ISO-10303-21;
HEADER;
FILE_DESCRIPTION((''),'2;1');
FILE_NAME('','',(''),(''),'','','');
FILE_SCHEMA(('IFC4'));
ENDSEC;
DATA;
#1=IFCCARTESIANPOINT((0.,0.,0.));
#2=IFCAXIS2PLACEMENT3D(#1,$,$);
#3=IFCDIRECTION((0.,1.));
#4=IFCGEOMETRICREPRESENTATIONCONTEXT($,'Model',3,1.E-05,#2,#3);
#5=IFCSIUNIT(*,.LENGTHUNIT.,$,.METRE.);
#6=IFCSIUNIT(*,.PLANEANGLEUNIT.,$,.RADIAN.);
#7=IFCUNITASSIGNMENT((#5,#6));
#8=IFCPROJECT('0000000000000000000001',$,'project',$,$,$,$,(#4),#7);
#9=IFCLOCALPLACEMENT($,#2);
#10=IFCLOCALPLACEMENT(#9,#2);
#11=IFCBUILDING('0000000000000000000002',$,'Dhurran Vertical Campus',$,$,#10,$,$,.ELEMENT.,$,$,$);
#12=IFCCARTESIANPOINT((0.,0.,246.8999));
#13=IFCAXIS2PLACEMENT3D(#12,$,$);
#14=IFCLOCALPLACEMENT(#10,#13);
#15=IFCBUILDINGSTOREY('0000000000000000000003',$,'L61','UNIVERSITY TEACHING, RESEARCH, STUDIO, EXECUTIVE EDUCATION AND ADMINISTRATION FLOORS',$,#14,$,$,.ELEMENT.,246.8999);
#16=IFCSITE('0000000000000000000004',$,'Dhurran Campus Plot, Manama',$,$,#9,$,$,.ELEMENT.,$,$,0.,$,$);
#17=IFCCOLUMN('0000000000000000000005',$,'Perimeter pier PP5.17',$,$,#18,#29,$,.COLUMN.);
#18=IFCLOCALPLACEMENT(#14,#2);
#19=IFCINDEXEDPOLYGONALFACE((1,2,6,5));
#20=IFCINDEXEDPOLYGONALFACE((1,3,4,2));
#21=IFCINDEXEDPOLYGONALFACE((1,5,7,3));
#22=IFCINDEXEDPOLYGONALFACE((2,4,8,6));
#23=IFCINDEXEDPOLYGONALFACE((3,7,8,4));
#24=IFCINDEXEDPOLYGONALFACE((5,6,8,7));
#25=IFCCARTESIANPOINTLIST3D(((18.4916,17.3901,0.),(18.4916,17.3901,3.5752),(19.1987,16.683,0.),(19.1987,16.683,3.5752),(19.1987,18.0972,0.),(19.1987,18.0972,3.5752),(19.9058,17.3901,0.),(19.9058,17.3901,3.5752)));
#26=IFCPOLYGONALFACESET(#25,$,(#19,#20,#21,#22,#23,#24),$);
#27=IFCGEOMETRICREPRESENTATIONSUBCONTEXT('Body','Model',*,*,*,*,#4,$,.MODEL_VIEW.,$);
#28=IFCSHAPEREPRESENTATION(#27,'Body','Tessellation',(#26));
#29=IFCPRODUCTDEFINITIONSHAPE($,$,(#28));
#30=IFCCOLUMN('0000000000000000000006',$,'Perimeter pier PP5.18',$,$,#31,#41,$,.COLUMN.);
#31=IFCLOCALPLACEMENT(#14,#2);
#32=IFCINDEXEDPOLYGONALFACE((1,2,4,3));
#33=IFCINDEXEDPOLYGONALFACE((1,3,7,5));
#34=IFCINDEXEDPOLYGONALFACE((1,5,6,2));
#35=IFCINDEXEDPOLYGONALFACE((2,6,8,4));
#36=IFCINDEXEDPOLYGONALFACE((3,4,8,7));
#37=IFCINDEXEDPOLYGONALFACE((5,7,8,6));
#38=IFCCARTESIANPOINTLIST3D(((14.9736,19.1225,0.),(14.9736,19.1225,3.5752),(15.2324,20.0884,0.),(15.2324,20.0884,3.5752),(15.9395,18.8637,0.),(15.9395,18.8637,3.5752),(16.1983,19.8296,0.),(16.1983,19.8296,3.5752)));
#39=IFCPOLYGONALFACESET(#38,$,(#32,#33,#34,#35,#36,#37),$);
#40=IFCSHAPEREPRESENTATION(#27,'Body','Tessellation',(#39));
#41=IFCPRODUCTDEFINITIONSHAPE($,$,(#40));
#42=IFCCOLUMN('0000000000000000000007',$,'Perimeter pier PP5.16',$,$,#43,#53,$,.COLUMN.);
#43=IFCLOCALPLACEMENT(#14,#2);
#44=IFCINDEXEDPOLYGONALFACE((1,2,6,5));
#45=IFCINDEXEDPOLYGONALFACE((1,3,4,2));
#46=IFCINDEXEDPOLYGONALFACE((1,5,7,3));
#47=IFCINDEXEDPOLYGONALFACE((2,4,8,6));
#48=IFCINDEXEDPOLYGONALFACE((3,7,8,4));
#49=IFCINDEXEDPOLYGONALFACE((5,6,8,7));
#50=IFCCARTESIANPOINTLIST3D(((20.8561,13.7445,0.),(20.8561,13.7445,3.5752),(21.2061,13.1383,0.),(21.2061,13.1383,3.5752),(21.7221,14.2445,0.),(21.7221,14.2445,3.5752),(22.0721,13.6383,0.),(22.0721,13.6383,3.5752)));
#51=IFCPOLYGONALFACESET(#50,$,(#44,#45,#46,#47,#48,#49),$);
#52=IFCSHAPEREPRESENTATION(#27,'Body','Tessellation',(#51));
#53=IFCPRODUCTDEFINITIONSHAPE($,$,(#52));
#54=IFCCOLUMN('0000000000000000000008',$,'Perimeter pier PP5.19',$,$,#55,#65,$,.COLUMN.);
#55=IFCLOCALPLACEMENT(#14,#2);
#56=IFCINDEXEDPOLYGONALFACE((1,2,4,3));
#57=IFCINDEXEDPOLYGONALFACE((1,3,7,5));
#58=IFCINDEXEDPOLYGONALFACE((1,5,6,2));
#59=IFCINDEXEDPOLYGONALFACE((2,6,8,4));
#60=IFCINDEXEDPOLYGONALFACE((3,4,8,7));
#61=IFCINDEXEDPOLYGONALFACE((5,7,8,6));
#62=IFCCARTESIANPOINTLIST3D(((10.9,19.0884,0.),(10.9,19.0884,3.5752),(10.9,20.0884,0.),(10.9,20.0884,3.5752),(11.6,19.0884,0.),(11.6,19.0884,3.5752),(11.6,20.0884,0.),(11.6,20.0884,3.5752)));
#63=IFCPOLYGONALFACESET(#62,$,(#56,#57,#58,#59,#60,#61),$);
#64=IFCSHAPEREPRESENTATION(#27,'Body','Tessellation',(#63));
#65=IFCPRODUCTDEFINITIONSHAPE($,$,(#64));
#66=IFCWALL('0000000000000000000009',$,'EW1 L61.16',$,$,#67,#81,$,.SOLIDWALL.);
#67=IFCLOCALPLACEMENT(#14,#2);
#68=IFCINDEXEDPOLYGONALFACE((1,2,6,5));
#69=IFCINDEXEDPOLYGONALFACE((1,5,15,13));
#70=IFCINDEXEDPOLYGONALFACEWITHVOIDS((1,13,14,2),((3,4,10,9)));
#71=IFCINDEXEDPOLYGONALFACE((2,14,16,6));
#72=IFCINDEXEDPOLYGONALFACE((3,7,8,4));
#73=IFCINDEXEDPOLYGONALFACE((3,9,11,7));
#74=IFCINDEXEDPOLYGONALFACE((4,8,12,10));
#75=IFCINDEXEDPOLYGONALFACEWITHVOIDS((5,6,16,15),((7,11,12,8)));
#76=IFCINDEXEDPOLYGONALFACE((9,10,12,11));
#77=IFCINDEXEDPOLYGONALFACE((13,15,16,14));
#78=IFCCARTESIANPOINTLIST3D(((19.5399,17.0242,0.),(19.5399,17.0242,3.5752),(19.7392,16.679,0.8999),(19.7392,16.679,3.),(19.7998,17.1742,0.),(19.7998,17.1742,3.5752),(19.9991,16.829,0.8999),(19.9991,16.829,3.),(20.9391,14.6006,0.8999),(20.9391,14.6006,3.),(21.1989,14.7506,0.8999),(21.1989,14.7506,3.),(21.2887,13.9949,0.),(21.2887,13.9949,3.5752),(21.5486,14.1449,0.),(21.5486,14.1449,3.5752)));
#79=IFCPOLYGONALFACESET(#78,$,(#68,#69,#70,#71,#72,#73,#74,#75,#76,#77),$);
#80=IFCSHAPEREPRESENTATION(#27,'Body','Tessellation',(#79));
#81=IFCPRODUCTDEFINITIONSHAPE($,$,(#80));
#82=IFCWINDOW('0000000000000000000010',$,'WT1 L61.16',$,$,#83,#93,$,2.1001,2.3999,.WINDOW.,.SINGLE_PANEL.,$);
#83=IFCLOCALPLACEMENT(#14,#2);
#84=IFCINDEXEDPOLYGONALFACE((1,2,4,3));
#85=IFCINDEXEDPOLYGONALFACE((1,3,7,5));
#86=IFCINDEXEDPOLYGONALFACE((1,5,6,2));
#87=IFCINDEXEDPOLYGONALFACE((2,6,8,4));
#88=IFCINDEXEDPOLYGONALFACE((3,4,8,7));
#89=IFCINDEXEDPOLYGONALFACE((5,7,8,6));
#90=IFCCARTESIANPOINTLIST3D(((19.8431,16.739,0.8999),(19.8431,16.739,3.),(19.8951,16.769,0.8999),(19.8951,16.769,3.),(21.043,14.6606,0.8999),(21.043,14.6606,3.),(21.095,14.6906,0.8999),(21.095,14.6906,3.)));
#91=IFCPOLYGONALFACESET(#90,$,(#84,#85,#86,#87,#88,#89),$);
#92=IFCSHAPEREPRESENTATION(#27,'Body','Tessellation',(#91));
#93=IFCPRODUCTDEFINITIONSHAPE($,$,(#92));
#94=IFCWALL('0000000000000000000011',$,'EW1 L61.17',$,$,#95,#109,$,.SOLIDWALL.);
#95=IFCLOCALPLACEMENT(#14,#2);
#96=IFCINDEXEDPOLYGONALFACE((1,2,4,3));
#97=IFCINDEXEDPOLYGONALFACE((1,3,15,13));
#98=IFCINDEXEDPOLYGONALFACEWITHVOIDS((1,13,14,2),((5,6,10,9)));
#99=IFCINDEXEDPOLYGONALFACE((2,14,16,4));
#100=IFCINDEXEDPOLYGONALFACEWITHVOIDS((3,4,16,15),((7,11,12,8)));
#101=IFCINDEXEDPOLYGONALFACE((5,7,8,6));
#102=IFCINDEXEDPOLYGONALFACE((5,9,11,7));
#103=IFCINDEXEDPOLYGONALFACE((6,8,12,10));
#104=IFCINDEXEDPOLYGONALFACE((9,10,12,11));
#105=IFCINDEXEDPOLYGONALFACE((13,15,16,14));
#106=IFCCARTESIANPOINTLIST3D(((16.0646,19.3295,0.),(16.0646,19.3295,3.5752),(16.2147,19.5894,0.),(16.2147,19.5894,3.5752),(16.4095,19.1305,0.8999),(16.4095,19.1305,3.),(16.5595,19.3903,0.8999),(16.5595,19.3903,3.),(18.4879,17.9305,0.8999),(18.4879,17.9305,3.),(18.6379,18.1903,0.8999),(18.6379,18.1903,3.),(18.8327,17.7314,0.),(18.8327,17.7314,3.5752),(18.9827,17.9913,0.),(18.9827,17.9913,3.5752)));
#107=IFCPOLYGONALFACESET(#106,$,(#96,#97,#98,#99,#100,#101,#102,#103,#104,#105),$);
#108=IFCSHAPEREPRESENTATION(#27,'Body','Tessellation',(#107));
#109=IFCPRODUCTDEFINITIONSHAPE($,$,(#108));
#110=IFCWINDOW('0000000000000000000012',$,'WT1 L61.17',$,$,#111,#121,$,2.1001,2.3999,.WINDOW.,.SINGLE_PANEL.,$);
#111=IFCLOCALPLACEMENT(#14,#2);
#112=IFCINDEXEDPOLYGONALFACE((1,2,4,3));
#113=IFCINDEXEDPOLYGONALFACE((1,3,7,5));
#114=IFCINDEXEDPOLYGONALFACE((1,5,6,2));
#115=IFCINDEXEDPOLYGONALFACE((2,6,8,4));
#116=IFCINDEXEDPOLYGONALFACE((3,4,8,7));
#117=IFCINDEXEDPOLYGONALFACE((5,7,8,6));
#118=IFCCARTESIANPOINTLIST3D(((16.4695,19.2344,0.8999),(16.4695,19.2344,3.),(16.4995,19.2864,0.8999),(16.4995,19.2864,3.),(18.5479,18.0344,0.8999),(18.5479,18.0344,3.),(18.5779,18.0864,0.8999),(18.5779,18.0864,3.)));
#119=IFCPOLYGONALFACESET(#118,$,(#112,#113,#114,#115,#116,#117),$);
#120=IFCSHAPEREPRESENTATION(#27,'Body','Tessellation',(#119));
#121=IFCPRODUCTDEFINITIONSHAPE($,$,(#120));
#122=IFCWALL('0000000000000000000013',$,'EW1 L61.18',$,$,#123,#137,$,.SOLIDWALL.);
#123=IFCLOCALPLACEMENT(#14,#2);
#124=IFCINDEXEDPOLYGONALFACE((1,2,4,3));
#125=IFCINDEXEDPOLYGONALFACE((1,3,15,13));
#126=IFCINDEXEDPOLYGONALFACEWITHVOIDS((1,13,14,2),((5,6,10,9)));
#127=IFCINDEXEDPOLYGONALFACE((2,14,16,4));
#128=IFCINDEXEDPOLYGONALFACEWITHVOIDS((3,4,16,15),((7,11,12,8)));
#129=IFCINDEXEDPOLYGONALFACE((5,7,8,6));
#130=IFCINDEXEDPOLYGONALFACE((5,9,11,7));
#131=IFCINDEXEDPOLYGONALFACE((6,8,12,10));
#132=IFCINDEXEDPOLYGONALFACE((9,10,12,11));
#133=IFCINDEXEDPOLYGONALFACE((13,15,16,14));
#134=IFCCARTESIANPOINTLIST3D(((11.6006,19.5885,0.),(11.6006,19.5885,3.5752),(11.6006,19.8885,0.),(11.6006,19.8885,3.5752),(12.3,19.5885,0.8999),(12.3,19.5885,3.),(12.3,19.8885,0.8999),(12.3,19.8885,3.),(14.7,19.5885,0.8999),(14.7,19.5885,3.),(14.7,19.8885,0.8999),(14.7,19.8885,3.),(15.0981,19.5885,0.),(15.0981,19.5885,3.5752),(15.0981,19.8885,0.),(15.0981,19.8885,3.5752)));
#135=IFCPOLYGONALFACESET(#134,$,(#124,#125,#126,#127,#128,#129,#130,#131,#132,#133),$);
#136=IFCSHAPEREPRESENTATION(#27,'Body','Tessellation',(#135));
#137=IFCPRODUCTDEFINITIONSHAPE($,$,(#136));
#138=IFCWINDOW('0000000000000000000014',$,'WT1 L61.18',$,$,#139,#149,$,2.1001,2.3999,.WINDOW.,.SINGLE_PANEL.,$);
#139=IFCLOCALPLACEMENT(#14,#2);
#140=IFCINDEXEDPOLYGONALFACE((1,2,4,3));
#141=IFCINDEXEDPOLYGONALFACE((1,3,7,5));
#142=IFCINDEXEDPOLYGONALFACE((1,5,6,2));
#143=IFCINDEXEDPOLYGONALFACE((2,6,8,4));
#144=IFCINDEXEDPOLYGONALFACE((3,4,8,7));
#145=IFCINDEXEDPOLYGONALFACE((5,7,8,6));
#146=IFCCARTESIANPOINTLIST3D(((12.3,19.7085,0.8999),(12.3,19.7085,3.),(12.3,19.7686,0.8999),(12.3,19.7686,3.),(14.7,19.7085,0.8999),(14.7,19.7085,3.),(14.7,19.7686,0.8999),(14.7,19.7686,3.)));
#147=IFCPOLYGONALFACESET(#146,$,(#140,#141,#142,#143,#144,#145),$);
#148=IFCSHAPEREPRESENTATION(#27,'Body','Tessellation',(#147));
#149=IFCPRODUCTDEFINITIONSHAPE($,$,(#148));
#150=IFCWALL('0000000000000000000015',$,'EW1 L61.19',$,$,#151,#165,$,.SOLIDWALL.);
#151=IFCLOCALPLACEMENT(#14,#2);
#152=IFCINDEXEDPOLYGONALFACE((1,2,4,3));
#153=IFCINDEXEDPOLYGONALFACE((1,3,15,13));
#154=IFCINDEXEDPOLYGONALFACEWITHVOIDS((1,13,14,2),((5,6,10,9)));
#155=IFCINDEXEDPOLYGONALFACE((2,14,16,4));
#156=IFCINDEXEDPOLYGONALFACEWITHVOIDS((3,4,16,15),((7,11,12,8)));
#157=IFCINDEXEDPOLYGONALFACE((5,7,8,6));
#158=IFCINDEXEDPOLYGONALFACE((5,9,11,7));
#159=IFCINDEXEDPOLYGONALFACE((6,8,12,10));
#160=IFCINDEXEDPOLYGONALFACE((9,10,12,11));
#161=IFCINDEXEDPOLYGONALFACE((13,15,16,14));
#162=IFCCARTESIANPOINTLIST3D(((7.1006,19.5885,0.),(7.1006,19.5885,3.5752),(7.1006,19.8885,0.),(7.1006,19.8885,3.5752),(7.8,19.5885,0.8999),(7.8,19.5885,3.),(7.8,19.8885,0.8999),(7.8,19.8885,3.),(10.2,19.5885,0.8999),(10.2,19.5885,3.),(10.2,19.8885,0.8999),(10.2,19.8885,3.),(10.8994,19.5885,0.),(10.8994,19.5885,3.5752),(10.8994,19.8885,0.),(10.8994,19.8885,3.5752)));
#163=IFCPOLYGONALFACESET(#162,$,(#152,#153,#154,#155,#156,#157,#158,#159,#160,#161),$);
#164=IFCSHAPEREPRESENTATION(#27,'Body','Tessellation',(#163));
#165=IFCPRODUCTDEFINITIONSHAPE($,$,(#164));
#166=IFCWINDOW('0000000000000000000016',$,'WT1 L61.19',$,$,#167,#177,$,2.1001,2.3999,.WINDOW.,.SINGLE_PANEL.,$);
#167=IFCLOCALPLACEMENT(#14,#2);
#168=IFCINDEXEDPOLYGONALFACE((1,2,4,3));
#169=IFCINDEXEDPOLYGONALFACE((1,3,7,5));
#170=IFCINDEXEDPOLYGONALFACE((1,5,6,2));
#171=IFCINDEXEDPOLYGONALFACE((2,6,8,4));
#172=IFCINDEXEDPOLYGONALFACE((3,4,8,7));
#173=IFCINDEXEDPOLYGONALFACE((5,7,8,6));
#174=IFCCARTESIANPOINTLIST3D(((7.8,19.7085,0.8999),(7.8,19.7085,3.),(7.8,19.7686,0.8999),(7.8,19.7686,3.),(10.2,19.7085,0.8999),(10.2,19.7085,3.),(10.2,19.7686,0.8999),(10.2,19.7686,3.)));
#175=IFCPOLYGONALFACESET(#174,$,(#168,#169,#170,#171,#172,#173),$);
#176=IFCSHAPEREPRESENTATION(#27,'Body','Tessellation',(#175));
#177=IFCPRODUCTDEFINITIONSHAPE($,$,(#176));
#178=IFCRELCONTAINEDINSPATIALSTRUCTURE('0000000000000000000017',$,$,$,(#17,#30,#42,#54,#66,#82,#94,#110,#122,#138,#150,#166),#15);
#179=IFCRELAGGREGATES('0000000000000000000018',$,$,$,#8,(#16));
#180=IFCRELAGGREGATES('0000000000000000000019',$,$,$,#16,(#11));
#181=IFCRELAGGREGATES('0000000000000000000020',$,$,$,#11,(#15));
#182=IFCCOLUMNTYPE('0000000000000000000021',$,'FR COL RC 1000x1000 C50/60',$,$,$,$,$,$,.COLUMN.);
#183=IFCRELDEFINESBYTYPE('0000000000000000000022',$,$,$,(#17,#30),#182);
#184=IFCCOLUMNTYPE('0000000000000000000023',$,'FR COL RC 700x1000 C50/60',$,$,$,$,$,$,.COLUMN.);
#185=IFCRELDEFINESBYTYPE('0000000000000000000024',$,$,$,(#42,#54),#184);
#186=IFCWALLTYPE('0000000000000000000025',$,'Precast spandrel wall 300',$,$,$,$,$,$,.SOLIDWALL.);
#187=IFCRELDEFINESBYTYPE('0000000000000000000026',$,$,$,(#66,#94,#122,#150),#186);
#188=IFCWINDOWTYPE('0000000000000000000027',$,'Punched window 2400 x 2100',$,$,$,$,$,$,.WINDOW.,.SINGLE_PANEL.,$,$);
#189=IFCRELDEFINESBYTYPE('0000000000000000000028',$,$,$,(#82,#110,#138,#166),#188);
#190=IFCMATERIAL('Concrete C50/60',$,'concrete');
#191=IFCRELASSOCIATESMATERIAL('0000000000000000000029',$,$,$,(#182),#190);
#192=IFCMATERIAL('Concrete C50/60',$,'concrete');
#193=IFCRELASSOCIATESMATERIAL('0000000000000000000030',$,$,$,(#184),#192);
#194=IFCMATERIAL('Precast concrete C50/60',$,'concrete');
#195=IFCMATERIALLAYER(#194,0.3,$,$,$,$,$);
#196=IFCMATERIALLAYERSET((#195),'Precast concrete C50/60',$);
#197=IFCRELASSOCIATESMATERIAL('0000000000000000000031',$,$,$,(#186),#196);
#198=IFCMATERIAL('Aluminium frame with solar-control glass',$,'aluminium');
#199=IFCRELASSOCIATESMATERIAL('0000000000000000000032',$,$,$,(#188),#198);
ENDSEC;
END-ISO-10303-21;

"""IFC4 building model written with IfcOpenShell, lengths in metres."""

from ifc_helpers import new_model, si_unit, direction, frame, frame_2d, origin, origin_2d, place, context, subcontext, project, spatial, rectangle, extrude, material, layer, layer_set, material_profile, profile_set, type_object, element, fill, save


model = new_model("IFC4")

# Units and contexts
model_context = context("Model", 3, precision=1e-05, world=origin(), true_north=direction((0.0, 1.0)))
body_context = subcontext(model_context, "Body", "Model", "MODEL_VIEW")
ifc_project = project(units=[si_unit("LENGTHUNIT", "METRE"), si_unit("PLANEANGLEUNIT", "RADIAN")], contexts=[model_context])

# Site, building, storey
site_placement = place(None, origin())
site = spatial("IfcSite", under=ifc_project, at=site_placement, Name="Dhurran Campus Plot, Manama", CompositionType="ELEMENT", RefElevation=0.0)
building_placement = place(site_placement, origin())
building = spatial("IfcBuilding", under=site, at=building_placement, Name="Dhurran Vertical Campus", CompositionType="ELEMENT")
storey_placement = place(building_placement, frame((0.0, 0.0, 246.8999)))
storey = spatial("IfcBuildingStorey", under=building, at=storey_placement, Name="L61", Description="UNIVERSITY TEACHING, RESEARCH, STUDIO, EXECUTIVE EDUCATION AND ADMINISTRATION FLOORS", CompositionType="ELEMENT", Elevation=246.8999)

# Columns
ifc_material_1 = material(Name="Concrete C50/60", Category="concrete")
ifc_material_profile_1 = material_profile(ifc_material_1, rectangle(XDim=1.0, YDim=1.0, at=origin_2d()), Name="RC 1000x1000")
ifc_profile_set_1 = profile_set([ifc_material_profile_1], Name="Concrete C50/60")
column_type_1 = type_object("IfcColumnType", Name="FR COL RC 1000x1000 C50/60", PredefinedType="COLUMN", material=ifc_profile_set_1)
for number, where, z_axis, x_axis, name in (
    (1, (19.1987, 17.3901, 0.0), (0.0, 0.0, 1.0), (-0.707107, 0.707107, 0.0), "Perimeter pier PP5.17"),
    (2, (15.5859, 19.4761, 0.0), (0.0, 0.0, 1.0), (-0.965926, 0.258819, 0.0), "Perimeter pier PP5.18"),
):
    element("IfcColumn", number, at=place(storey_placement, frame(where, z_axis=z_axis, x_axis=x_axis)), inside=storey, type_object=column_type_1, Name=name, PredefinedType="COLUMN", context=body_context, shape_type="SweptSolid", body=[
        extrude(rectangle(XDim=1.0, YDim=1.0, at=origin_2d()), origin(), (0.0, 0.0, 1.0), 3.5752),
    ])
ifc_material_2 = material(Name="Concrete C50/60", Category="concrete")
ifc_material_profile_2 = material_profile(ifc_material_2, rectangle(XDim=0.7, YDim=1.0, at=origin_2d()), Name="RC 700x1000")
ifc_profile_set_2 = profile_set([ifc_material_profile_2], Name="Concrete C50/60")
column_type_2 = type_object("IfcColumnType", Name="FR COL RC 700x1000 C50/60", PredefinedType="COLUMN", material=ifc_profile_set_2)
for number, where, z_axis, x_axis, name in (
    (3, (21.4641, 13.6914, 0.0), (0.0, 0.0, 1.0), (-0.5, 0.866025, 0.0), "Perimeter pier PP5.16"),
    (4, (11.25, 19.5884, 0.0), (0.0, 0.0, 1.0), (-1.0, 0.0, 0.0), "Perimeter pier PP5.19"),
):
    element("IfcColumn", number, at=place(storey_placement, frame(where, z_axis=z_axis, x_axis=x_axis)), inside=storey, type_object=column_type_2, Name=name, PredefinedType="COLUMN", context=body_context, shape_type="SweptSolid", body=[
        extrude(rectangle(XDim=0.7, YDim=1.0, at=origin_2d()), origin(), (0.0, 0.0, 1.0), 3.5752),
    ])

# Walls, openings, windows
ifc_material_3 = material(Name="Precast concrete C50/60", Category="concrete")
ifc_layer_1 = layer(ifc_material_3, 0.3)
ifc_layer_set_1 = layer_set([ifc_layer_1], Name="Precast concrete C50/60")
wall_type_1 = type_object("IfcWallType", Name="Precast spandrel wall 300", PredefinedType="SOLIDWALL", material=ifc_layer_set_1)
wall_1_placement = place(storey_placement, frame((21.4187, 14.0698, 0.0), z_axis=(0.0, 0.0, 1.0), x_axis=(-0.49996, 0.866048, 0.0)))
wall_1 = element("IfcWall", 5, at=wall_1_placement, inside=storey, type_object=wall_type_1, Name="EW1 L61.16", PredefinedType="SOLIDWALL", context=body_context, shape_type="SweptSolid", body=[
    extrude(rectangle(XDim=3.4978, YDim=0.3, at=frame_2d((1.749, 0.0))), origin(), (0.0, 0.0, 1.0), 3.5752),
])
opening_1_placement = place(wall_1_placement, frame((0.6995, 0.0, 0.8999)))
opening_1 = element("IfcOpeningElement", 6, at=opening_1_placement, cuts=wall_1, PredefinedType="OPENING", context=body_context, shape_type="SweptSolid", body=[
    extrude(rectangle(XDim=2.3999, YDim=2.1001, at=frame_2d((1.2, 1.05))), frame((0.0, 0.1599, 0.0), z_axis=(0.0, -1.0, 0.0), x_axis=(1.0, 0.0, 0.0)), (0.0, 0.0, 1.0), 0.3201),
])
ifc_material_4 = material(Name="Aluminium frame with solar-control glass", Category="aluminium")
window_type = type_object("IfcWindowType", Name="Punched window 2400 x 2100", PartitioningType="SINGLE_PANEL", PredefinedType="WINDOW", material=ifc_material_4)
window_1_placement = place(opening_1_placement, origin())
window_1 = element("IfcWindow", 7, at=window_1_placement, inside=storey, type_object=window_type, Name="WT1 L61.16", OverallHeight=2.1001, OverallWidth=2.3999, PartitioningType="SINGLE_PANEL", PredefinedType="WINDOW", context=body_context, shape_type="SweptSolid", body=[
    extrude(rectangle(XDim=2.3999, YDim=2.1001, at=frame_2d((1.2, 1.05))), frame((0.0, 0.03, 0.0), z_axis=(0.0, -1.0, 0.0), x_axis=(1.0, 0.0, 0.0)), (0.0, 0.0, 1.0), 0.0601),
])
fill(opening_1, window_1)
wall_2_placement = place(storey_placement, frame((18.9077, 17.8613, 0.0), z_axis=(0.0, 0.0, 1.0), x_axis=(-0.866025, 0.5, 0.0)))
wall_2 = element("IfcWall", 8, at=wall_2_placement, inside=storey, type_object=wall_type_1, Name="EW1 L61.17", PredefinedType="SOLIDWALL", context=body_context, shape_type="SweptSolid", body=[
    extrude(rectangle(XDim=3.1963, YDim=0.3, at=frame_2d((1.5981, 0.0))), origin(), (0.0, 0.0, 1.0), 3.5752),
])
opening_2_placement = place(wall_2_placement, frame((0.3982, 0.0, 0.8999)))
opening_2 = element("IfcOpeningElement", 9, at=opening_2_placement, cuts=wall_2, PredefinedType="OPENING", context=body_context, shape_type="SweptSolid", body=[
    extrude(rectangle(XDim=2.3999, YDim=2.1001, at=frame_2d((1.2, 1.05))), frame((0.0, 0.1599, 0.0), z_axis=(0.0, -1.0, 0.0), x_axis=(1.0, 0.0, 0.0)), (0.0, 0.0, 1.0), 0.3201),
])
window_2_placement = place(opening_2_placement, origin())
window_2 = element("IfcWindow", 10, at=window_2_placement, inside=storey, type_object=window_type, Name="WT1 L61.17", OverallHeight=2.1001, OverallWidth=2.3999, PartitioningType="SINGLE_PANEL", PredefinedType="WINDOW", context=body_context, shape_type="SweptSolid", body=[
    extrude(rectangle(XDim=2.3999, YDim=2.1001, at=frame_2d((1.2, 1.05))), frame((0.0, 0.03, 0.0), z_axis=(0.0, -1.0, 0.0), x_axis=(1.0, 0.0, 0.0)), (0.0, 0.0, 1.0), 0.0601),
])
fill(opening_2, window_2)
wall_3_placement = place(storey_placement, frame((15.0981, 19.7385, 0.0), z_axis=(0.0, 0.0, 1.0), x_axis=(-1.0, 0.0, 0.0)))
wall_3 = element("IfcWall", 11, at=wall_3_placement, inside=storey, type_object=wall_type_1, Name="EW1 L61.18", PredefinedType="SOLIDWALL", context=body_context, shape_type="SweptSolid", body=[
    extrude(rectangle(XDim=3.4976, YDim=0.3, at=frame_2d((1.7488, 0.0))), origin(), (0.0, 0.0, 1.0), 3.5752),
])
opening_3_placement = place(wall_3_placement, frame((0.3982, 0.0, 0.8999)))
opening_3 = element("IfcOpeningElement", 12, at=opening_3_placement, cuts=wall_3, PredefinedType="OPENING", context=body_context, shape_type="SweptSolid", body=[
    extrude(rectangle(XDim=2.3999, YDim=2.1001, at=frame_2d((1.2, 1.05))), frame((0.0, 0.1599, 0.0), z_axis=(0.0, -1.0, 0.0), x_axis=(1.0, 0.0, 0.0)), (0.0, 0.0, 1.0), 0.3201),
])
window_3_placement = place(opening_3_placement, origin())
window_3 = element("IfcWindow", 13, at=window_3_placement, inside=storey, type_object=window_type, Name="WT1 L61.18", OverallHeight=2.1001, OverallWidth=2.3999, PartitioningType="SINGLE_PANEL", PredefinedType="WINDOW", context=body_context, shape_type="SweptSolid", body=[
    extrude(rectangle(XDim=2.3999, YDim=2.1001, at=frame_2d((1.2, 1.05))), frame((0.0, 0.03, 0.0), z_axis=(0.0, -1.0, 0.0), x_axis=(1.0, 0.0, 0.0)), (0.0, 0.0, 1.0), 0.0601),
])
fill(opening_3, window_3)
wall_4_placement = place(storey_placement, frame((10.8994, 19.7385, 0.0), z_axis=(0.0, 0.0, 1.0), x_axis=(-1.0, 0.0, 0.0)))
wall_4 = element("IfcWall", 14, at=wall_4_placement, inside=storey, type_object=wall_type_1, Name="EW1 L61.19", PredefinedType="SOLIDWALL", context=body_context, shape_type="SweptSolid", body=[
    extrude(rectangle(XDim=3.7988, YDim=0.3, at=frame_2d((1.8994, 0.0))), origin(), (0.0, 0.0, 1.0), 3.5752),
])
opening_4_placement = place(wall_4_placement, frame((0.6995, 0.0, 0.8999)))
opening_4 = element("IfcOpeningElement", 15, at=opening_4_placement, cuts=wall_4, PredefinedType="OPENING", context=body_context, shape_type="SweptSolid", body=[
    extrude(rectangle(XDim=2.3999, YDim=2.1001, at=frame_2d((1.2, 1.05))), frame((0.0, 0.1599, 0.0), z_axis=(0.0, -1.0, 0.0), x_axis=(1.0, 0.0, 0.0)), (0.0, 0.0, 1.0), 0.3201),
])
window_4_placement = place(opening_4_placement, origin())
window_4 = element("IfcWindow", 16, at=window_4_placement, inside=storey, type_object=window_type, Name="WT1 L61.19", OverallHeight=2.1001, OverallWidth=2.3999, PartitioningType="SINGLE_PANEL", PredefinedType="WINDOW", context=body_context, shape_type="SweptSolid", body=[
    extrude(rectangle(XDim=2.3999, YDim=2.1001, at=frame_2d((1.2, 1.05))), frame((0.0, 0.03, 0.0), z_axis=(0.0, -1.0, 0.0), x_axis=(1.0, 0.0, 0.0)), (0.0, 0.0, 1.0), 0.0601),
])
fill(opening_4, window_4)

save(model, "model.ifc")
